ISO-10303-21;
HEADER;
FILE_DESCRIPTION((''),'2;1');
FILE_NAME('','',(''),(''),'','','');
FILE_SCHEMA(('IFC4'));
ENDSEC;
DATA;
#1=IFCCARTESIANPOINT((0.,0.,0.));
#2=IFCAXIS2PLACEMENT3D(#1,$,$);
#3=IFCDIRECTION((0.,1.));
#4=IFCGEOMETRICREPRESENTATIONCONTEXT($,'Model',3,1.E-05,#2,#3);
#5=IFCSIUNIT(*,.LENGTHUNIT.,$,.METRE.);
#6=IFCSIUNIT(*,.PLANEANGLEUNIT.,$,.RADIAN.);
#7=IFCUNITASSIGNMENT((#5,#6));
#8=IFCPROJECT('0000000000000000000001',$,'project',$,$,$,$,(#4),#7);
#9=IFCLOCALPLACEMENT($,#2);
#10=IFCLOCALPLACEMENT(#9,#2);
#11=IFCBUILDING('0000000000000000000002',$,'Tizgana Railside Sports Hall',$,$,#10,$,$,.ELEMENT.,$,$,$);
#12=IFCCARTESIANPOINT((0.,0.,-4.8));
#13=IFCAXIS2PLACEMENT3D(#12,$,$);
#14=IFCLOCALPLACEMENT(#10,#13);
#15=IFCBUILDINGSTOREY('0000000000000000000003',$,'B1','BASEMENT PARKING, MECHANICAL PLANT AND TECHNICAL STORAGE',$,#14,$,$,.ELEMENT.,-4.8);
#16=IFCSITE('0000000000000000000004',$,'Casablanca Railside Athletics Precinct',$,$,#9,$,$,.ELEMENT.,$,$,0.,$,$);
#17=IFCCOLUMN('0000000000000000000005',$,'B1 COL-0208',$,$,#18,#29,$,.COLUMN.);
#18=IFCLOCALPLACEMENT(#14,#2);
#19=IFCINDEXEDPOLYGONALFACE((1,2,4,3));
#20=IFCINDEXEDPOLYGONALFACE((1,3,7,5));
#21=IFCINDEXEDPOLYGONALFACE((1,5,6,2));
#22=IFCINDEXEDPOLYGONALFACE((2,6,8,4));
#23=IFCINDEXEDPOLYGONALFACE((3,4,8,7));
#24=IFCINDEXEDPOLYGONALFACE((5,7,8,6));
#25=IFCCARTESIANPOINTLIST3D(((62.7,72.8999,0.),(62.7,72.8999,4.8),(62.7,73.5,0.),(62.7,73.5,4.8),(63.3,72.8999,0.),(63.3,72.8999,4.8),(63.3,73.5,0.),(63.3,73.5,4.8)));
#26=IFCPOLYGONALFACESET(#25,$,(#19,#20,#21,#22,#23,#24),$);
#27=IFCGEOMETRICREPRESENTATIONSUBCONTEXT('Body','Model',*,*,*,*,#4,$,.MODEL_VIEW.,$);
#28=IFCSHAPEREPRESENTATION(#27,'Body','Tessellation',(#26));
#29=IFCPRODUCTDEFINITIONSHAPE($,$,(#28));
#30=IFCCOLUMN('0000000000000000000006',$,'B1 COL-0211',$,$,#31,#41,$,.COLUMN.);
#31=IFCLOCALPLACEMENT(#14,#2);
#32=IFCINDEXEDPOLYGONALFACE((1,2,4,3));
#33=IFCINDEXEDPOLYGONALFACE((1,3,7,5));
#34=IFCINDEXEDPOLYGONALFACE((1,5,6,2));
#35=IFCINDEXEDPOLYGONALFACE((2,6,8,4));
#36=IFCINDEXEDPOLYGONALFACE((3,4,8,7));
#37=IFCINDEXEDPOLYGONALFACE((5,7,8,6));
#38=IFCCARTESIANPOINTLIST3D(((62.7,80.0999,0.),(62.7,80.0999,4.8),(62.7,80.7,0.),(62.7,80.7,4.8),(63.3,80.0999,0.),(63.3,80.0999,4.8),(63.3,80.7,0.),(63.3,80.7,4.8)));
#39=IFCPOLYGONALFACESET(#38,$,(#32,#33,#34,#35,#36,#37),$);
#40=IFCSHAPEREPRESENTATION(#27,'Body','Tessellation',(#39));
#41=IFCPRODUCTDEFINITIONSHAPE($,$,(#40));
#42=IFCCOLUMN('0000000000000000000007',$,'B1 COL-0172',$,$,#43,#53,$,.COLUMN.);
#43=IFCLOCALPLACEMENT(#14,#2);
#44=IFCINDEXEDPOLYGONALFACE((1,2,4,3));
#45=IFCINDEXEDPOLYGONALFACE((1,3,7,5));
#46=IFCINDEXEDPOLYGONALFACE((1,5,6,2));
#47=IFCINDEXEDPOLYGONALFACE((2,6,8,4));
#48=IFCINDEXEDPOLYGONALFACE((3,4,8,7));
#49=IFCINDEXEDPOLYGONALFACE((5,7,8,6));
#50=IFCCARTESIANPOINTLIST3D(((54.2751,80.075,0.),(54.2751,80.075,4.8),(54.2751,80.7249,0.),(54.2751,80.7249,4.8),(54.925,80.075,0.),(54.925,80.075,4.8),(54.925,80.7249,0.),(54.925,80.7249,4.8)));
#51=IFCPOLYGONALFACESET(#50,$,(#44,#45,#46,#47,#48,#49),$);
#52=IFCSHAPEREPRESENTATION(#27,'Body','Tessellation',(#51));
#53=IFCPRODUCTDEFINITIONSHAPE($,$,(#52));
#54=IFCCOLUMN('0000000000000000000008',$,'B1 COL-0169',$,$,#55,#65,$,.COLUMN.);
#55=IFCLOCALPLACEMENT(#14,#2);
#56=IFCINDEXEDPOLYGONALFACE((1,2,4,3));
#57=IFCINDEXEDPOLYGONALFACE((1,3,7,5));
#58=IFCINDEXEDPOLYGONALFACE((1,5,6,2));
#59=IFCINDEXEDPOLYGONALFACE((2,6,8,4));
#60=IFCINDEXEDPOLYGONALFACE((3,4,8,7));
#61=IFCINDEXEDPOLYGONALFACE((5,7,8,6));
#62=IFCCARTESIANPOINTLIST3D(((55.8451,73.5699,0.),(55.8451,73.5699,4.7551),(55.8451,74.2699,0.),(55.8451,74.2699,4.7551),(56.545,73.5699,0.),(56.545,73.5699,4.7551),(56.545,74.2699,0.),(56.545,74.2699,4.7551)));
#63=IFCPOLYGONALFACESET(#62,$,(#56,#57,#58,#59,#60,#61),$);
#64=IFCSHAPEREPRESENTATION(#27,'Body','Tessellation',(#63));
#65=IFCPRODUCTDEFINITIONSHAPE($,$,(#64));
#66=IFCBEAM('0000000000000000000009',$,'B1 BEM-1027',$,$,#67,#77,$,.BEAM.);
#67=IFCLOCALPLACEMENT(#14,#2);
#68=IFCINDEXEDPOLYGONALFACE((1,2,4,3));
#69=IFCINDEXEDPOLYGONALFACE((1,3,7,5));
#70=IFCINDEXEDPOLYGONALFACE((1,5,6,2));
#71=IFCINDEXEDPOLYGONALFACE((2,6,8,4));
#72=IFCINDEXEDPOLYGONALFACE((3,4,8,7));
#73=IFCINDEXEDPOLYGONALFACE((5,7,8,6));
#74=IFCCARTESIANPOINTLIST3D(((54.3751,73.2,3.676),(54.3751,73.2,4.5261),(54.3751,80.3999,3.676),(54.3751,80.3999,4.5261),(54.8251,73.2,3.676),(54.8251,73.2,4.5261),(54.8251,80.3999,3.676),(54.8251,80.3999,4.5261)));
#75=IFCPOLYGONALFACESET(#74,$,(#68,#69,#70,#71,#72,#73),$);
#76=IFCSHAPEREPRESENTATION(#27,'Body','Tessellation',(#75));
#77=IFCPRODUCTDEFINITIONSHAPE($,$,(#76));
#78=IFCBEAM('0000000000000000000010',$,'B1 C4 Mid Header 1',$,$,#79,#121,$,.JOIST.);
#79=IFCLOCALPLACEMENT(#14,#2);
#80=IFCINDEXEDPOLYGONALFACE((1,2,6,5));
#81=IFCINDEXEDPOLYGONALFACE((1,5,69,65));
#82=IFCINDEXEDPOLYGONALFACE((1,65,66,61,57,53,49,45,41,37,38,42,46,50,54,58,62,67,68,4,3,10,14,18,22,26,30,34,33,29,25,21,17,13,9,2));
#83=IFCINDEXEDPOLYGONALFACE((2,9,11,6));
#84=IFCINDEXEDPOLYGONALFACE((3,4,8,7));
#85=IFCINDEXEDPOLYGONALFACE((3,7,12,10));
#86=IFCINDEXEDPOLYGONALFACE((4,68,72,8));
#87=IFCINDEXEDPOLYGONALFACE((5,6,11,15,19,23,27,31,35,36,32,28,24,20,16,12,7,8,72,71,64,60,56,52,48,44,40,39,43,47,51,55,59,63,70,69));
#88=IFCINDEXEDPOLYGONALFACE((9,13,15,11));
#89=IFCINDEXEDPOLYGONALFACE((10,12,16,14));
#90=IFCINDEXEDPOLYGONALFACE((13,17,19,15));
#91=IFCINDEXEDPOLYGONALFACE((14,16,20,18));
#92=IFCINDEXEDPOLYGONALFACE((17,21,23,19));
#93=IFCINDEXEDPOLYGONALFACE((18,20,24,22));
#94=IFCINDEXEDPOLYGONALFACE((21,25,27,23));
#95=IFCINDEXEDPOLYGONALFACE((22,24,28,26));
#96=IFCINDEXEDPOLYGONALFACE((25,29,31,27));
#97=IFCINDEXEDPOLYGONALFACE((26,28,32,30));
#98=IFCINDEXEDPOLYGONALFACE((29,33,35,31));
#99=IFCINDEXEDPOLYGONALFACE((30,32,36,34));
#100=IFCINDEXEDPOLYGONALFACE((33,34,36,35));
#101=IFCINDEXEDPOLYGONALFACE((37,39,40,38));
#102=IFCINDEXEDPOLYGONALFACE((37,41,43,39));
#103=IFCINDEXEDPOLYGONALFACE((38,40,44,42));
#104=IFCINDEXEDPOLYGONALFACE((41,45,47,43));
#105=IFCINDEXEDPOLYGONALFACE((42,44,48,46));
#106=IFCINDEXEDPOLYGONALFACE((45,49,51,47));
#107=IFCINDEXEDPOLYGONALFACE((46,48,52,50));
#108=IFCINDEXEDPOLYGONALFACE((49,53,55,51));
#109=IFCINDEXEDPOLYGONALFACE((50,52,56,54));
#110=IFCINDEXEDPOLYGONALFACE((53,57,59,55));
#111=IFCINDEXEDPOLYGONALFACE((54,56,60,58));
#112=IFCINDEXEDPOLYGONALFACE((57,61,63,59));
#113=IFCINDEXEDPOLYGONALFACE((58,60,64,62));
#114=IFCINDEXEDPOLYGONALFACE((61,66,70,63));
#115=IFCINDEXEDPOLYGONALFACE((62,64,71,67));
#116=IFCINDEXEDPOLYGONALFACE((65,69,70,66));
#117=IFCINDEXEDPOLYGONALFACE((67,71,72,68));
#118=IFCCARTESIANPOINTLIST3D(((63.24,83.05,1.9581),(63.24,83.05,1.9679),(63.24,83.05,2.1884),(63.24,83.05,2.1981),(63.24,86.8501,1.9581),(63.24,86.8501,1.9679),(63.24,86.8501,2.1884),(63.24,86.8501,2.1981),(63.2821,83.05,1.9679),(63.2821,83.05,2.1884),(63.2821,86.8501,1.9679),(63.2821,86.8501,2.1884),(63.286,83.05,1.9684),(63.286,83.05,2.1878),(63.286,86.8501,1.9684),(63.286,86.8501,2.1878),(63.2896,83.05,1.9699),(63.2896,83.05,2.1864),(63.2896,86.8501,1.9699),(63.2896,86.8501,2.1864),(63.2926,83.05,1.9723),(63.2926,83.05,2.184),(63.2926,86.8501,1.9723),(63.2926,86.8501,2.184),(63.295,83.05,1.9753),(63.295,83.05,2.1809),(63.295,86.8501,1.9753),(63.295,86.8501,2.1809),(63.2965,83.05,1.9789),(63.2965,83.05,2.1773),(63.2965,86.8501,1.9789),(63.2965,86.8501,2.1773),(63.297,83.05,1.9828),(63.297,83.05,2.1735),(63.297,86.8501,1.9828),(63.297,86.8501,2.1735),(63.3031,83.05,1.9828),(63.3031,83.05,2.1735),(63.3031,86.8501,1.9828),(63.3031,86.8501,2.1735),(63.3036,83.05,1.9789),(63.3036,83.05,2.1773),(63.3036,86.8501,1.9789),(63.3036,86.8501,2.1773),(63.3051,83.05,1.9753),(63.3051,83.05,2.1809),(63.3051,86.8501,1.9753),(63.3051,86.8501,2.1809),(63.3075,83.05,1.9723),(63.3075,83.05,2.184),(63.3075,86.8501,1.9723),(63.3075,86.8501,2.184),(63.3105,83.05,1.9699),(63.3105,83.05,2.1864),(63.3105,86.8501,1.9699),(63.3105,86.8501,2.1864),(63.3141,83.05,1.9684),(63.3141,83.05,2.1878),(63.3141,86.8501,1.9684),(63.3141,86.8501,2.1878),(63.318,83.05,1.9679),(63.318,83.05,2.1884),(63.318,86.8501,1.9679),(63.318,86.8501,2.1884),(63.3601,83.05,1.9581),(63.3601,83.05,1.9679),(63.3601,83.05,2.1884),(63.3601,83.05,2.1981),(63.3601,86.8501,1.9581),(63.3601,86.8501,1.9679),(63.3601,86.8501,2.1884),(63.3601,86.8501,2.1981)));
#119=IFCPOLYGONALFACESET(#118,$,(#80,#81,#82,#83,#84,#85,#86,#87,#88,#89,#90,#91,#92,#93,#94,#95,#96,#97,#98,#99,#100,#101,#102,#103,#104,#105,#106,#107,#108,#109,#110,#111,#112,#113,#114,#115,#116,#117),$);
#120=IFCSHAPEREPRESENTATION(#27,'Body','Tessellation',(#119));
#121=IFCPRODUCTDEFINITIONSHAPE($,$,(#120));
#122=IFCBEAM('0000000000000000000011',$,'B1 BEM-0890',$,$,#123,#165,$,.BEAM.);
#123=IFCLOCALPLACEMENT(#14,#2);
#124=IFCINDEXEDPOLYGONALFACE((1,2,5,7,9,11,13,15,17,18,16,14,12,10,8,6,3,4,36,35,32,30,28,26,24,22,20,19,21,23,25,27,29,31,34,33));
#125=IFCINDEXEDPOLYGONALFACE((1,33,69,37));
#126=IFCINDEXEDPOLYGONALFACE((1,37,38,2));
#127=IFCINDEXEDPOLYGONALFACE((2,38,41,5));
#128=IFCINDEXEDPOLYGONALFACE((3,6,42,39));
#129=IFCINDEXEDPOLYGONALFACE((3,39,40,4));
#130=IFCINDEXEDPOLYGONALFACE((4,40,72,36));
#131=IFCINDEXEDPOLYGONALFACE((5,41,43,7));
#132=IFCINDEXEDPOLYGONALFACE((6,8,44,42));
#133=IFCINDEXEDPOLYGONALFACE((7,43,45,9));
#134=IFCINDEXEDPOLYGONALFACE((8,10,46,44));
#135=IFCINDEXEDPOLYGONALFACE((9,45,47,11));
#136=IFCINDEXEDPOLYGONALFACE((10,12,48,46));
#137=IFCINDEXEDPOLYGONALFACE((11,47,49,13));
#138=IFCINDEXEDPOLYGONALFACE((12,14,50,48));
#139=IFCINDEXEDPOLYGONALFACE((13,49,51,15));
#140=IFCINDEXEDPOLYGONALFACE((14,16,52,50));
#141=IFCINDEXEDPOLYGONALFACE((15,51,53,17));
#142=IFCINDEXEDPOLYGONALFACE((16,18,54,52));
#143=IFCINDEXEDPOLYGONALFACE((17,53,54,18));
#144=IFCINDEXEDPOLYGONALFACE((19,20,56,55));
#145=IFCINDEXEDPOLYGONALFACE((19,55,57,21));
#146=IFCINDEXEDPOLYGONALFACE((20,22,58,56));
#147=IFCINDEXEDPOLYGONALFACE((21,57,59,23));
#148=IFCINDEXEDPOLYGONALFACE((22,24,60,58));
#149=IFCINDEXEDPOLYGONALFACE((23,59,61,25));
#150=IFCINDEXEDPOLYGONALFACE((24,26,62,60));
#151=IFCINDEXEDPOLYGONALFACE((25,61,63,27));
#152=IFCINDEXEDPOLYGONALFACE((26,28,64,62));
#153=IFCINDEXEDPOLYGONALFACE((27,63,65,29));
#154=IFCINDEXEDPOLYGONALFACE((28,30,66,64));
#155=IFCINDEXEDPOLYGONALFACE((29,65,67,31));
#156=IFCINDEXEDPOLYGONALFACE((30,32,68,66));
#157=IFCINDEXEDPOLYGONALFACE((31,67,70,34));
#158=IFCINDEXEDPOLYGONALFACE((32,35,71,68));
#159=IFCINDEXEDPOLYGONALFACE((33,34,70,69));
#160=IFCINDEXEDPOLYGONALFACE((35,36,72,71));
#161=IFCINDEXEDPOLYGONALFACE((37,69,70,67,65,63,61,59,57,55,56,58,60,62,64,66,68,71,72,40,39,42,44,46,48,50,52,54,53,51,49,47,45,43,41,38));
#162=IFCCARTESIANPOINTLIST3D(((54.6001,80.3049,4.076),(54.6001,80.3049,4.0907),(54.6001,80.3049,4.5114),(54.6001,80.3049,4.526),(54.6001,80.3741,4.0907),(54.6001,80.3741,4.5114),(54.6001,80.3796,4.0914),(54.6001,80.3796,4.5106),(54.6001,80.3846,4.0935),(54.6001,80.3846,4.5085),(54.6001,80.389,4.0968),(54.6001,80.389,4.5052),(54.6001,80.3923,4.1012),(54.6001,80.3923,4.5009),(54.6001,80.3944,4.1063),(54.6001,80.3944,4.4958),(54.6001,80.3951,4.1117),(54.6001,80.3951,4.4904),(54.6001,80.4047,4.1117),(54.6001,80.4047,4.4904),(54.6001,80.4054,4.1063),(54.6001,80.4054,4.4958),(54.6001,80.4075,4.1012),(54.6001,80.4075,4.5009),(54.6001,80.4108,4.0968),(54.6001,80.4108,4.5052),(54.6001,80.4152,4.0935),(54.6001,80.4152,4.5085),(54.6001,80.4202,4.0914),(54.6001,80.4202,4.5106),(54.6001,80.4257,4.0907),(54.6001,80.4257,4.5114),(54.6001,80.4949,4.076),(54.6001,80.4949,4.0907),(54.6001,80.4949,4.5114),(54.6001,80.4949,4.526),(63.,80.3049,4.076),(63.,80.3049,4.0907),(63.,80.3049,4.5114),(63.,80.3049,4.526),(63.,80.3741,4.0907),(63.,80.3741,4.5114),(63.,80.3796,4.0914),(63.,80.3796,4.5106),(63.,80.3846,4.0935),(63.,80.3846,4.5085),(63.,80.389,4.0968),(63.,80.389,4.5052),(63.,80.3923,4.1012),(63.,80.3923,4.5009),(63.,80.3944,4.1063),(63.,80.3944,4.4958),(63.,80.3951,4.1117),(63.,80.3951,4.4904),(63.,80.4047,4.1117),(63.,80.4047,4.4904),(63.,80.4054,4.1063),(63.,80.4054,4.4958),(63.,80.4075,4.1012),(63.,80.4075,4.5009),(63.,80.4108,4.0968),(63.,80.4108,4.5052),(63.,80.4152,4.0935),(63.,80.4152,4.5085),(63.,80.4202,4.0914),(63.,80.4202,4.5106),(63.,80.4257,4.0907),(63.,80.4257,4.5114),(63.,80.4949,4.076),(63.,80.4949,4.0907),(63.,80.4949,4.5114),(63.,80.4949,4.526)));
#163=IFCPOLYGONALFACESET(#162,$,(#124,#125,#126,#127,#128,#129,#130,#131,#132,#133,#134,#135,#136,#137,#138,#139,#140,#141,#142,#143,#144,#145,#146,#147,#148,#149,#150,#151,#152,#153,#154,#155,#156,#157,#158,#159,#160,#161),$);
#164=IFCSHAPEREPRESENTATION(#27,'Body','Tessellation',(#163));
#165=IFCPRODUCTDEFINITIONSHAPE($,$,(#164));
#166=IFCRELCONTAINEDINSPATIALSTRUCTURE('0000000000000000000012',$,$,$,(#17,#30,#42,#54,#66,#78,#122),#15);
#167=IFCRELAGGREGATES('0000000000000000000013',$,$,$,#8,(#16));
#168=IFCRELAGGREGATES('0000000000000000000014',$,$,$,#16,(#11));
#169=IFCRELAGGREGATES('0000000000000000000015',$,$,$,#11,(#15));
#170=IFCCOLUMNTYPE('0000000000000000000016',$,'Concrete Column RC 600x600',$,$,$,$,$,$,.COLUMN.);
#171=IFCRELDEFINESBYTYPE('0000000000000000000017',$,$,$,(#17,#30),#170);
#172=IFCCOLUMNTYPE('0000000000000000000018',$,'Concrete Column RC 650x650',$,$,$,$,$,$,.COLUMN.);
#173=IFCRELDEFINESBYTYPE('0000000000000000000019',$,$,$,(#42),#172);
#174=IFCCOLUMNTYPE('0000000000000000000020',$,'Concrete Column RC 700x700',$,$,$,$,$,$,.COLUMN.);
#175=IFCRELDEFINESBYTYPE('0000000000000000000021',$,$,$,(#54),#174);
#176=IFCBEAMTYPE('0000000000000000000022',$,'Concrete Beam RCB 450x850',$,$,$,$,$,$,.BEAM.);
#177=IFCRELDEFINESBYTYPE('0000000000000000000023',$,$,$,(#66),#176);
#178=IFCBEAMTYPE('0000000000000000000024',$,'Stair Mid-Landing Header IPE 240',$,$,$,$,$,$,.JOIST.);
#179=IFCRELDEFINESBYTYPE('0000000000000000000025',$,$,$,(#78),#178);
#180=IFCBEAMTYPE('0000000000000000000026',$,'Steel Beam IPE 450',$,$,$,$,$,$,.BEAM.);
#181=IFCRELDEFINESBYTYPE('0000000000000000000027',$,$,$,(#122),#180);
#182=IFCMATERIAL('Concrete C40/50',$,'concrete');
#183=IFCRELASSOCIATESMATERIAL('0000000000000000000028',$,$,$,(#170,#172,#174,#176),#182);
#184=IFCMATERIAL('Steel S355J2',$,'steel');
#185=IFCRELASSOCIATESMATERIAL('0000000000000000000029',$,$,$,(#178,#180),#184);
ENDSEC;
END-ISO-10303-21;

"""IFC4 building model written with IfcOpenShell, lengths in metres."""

from ifc_helpers import new_model, si_unit, direction, frame, origin, origin_2d, place, context, subcontext, project, spatial, rectangle, i_section, extrude, material, material_profile, profile_set, type_object, element, save


model = new_model("IFC4")

# Units and contexts
model_context = context("Model", 3, precision=1e-05, world=origin(), true_north=direction((0.0, 1.0)))
body_context = subcontext(model_context, "Body", "Model", "MODEL_VIEW")
ifc_project = project(units=[si_unit("LENGTHUNIT", "METRE"), si_unit("PLANEANGLEUNIT", "RADIAN")], contexts=[model_context])

# Site, building, storey
site_placement = place(None, origin())
site = spatial("IfcSite", under=ifc_project, at=site_placement, Name="Casablanca Railside Athletics Precinct", CompositionType="ELEMENT", RefElevation=0.0)
building_placement = place(site_placement, origin())
building = spatial("IfcBuilding", under=site, at=building_placement, Name="Tizgana Railside Sports Hall", CompositionType="ELEMENT")
storey_placement = place(building_placement, frame((0.0, 0.0, -4.8)))
storey = spatial("IfcBuildingStorey", under=building, at=storey_placement, Name="B1", Description="BASEMENT PARKING, MECHANICAL PLANT AND TECHNICAL STORAGE", CompositionType="ELEMENT", Elevation=-4.8)

# Columns
ifc_material_1 = material(Name="Concrete C40/50", Category="concrete")
ifc_material_profile_1 = material_profile(ifc_material_1, rectangle(XDim=0.6001, YDim=0.6001, at=origin_2d()), Name="RC 600x600")
ifc_profile_set_1 = profile_set([ifc_material_profile_1], Name="Concrete C40/50")
column_type_1 = type_object("IfcColumnType", Name="Concrete Column RC 600x600", PredefinedType="COLUMN", material=ifc_profile_set_1)
for number, where, z_axis, x_axis, name in (
    (1, (63.0, 73.2, 0.0), (0.0, 0.0, 1.0), (1.0, 0.0, 0.0), "B1 COL-0208"),
    (2, (63.0, 80.3999, 0.0), (0.0, 0.0, 1.0), (1.0, 0.0, 0.0), "B1 COL-0211"),
):
    element("IfcColumn", number, at=place(storey_placement, frame(where, z_axis=z_axis, x_axis=x_axis)), inside=storey, type_object=column_type_1, Name=name, PredefinedType="COLUMN", context=body_context, shape_type="SweptSolid", body=[
        extrude(rectangle(XDim=0.6001, YDim=0.6001, at=origin_2d()), origin(), (0.0, 0.0, 1.0), 4.8),
    ])
ifc_material_profile_2 = material_profile(ifc_material_1, rectangle(XDim=0.6499, YDim=0.6499, at=origin_2d()), Name="RC 650x650")
ifc_profile_set_2 = profile_set([ifc_material_profile_2], Name="Concrete C40/50")
column_type_2 = type_object("IfcColumnType", Name="Concrete Column RC 650x650", PredefinedType="COLUMN", material=ifc_profile_set_2)
column_1_placement = place(storey_placement, frame((54.6001, 80.3999, 0.0), z_axis=(0.0, 0.0, 1.0), x_axis=(1.0, 0.0, 0.0)))
element("IfcColumn", 3, at=column_1_placement, inside=storey, type_object=column_type_2, Name="B1 COL-0172", PredefinedType="COLUMN", context=body_context, shape_type="SweptSolid", body=[
    extrude(rectangle(XDim=0.6499, YDim=0.6499, at=origin_2d()), origin(), (0.0, 0.0, 1.0), 4.8),
])
ifc_material_profile_3 = material_profile(ifc_material_1, rectangle(XDim=0.7, YDim=0.7, at=origin_2d()), Name="RC 700x700")
ifc_profile_set_3 = profile_set([ifc_material_profile_3], Name="Concrete C40/50")
column_type_3 = type_object("IfcColumnType", Name="Concrete Column RC 700x700", PredefinedType="COLUMN", material=ifc_profile_set_3)
column_2_placement = place(storey_placement, frame((56.1951, 73.9199, 0.0), z_axis=(0.0, 0.0, 1.0), x_axis=(1.0, 0.0, 0.0)))
element("IfcColumn", 4, at=column_2_placement, inside=storey, type_object=column_type_3, Name="B1 COL-0169", PredefinedType="COLUMN", context=body_context, shape_type="SweptSolid", body=[
    extrude(rectangle(XDim=0.7, YDim=0.7, at=origin_2d()), origin(), (0.0, 0.0, 1.0), 4.7551),
])

# Beams
ifc_material_profile_4 = material_profile(ifc_material_1, rectangle(XDim=0.45, YDim=0.8501, at=origin_2d()), Name="RCB 450x850")
ifc_profile_set_4 = profile_set([ifc_material_profile_4], Name="Concrete C40/50")
beam_type_1 = type_object("IfcBeamType", Name="Concrete Beam RCB 450x850", PredefinedType="BEAM", material=ifc_profile_set_4)
beam_1_placement = place(storey_placement, frame((54.6001, 73.2, 4.1011), z_axis=(0.0, 1.0, 0.0), x_axis=(-1.0, 0.0, 0.0)))
element("IfcBeam", 5, at=beam_1_placement, inside=storey, type_object=beam_type_1, Name="B1 BEM-1027", PredefinedType="BEAM", context=body_context, shape_type="SweptSolid", body=[
    extrude(rectangle(XDim=0.45, YDim=0.8501, at=origin_2d()), origin(), (0.0, 0.0, 1.0), 7.2),
])
ifc_material_2 = material(Name="Steel S355J2", Category="steel")
ifc_material_profile_5 = material_profile(ifc_material_2, i_section(OverallWidth=0.1201, OverallDepth=0.24, WebThickness=0.0061, FlangeThickness=0.0098, FilletRadius=0.0149, at=origin_2d()), Name="IPE 240")
ifc_profile_set_5 = profile_set([ifc_material_profile_5], Name="Steel S355J2")
beam_type_2 = type_object("IfcBeamType", Name="Stair Mid-Landing Header IPE 240", PredefinedType="JOIST", material=ifc_profile_set_5)
beam_2_placement = place(storey_placement, frame((63.3, 83.05, 2.0781), z_axis=(0.0, 1.0, 0.0), x_axis=(-1.0, 0.0, 0.0)))
element("IfcBeam", 6, at=beam_2_placement, inside=storey, type_object=beam_type_2, Name="B1 C4 Mid Header 1", PredefinedType="JOIST", context=body_context, shape_type="SweptSolid", body=[
    extrude(i_section(OverallWidth=0.1201, OverallDepth=0.24, WebThickness=0.0061, FlangeThickness=0.0098, FilletRadius=0.0149, at=origin_2d()), origin(), (0.0, 0.0, 1.0), 3.8),
])
ifc_material_profile_6 = material_profile(ifc_material_2, i_section(OverallWidth=0.1899, OverallDepth=0.45, WebThickness=0.0095, FlangeThickness=0.0146, FilletRadius=0.021, at=origin_2d()), Name="IPE 450")
ifc_profile_set_6 = profile_set([ifc_material_profile_6], Name="Steel S355J2")
beam_type_3 = type_object("IfcBeamType", Name="Steel Beam IPE 450", PredefinedType="BEAM", material=ifc_profile_set_6)
for number, where, z_axis, x_axis, name in (
    (7, (54.6001, 80.3999, 4.301), (1.0, 0.0, 0.0), (0.0, 1.0, 0.0), "B1 BEM-0890"),
):
    element("IfcBeam", number, at=place(storey_placement, frame(where, z_axis=z_axis, x_axis=x_axis)), inside=storey, type_object=beam_type_3, Name=name, PredefinedType="BEAM", context=body_context, shape_type="SweptSolid", body=[
        extrude(i_section(OverallWidth=0.1899, OverallDepth=0.45, WebThickness=0.0095, FlangeThickness=0.0146, FilletRadius=0.021, at=origin_2d()), origin(), (0.0, 0.0, 1.0), 8.3999),
    ])

save(model, "model.ifc")
